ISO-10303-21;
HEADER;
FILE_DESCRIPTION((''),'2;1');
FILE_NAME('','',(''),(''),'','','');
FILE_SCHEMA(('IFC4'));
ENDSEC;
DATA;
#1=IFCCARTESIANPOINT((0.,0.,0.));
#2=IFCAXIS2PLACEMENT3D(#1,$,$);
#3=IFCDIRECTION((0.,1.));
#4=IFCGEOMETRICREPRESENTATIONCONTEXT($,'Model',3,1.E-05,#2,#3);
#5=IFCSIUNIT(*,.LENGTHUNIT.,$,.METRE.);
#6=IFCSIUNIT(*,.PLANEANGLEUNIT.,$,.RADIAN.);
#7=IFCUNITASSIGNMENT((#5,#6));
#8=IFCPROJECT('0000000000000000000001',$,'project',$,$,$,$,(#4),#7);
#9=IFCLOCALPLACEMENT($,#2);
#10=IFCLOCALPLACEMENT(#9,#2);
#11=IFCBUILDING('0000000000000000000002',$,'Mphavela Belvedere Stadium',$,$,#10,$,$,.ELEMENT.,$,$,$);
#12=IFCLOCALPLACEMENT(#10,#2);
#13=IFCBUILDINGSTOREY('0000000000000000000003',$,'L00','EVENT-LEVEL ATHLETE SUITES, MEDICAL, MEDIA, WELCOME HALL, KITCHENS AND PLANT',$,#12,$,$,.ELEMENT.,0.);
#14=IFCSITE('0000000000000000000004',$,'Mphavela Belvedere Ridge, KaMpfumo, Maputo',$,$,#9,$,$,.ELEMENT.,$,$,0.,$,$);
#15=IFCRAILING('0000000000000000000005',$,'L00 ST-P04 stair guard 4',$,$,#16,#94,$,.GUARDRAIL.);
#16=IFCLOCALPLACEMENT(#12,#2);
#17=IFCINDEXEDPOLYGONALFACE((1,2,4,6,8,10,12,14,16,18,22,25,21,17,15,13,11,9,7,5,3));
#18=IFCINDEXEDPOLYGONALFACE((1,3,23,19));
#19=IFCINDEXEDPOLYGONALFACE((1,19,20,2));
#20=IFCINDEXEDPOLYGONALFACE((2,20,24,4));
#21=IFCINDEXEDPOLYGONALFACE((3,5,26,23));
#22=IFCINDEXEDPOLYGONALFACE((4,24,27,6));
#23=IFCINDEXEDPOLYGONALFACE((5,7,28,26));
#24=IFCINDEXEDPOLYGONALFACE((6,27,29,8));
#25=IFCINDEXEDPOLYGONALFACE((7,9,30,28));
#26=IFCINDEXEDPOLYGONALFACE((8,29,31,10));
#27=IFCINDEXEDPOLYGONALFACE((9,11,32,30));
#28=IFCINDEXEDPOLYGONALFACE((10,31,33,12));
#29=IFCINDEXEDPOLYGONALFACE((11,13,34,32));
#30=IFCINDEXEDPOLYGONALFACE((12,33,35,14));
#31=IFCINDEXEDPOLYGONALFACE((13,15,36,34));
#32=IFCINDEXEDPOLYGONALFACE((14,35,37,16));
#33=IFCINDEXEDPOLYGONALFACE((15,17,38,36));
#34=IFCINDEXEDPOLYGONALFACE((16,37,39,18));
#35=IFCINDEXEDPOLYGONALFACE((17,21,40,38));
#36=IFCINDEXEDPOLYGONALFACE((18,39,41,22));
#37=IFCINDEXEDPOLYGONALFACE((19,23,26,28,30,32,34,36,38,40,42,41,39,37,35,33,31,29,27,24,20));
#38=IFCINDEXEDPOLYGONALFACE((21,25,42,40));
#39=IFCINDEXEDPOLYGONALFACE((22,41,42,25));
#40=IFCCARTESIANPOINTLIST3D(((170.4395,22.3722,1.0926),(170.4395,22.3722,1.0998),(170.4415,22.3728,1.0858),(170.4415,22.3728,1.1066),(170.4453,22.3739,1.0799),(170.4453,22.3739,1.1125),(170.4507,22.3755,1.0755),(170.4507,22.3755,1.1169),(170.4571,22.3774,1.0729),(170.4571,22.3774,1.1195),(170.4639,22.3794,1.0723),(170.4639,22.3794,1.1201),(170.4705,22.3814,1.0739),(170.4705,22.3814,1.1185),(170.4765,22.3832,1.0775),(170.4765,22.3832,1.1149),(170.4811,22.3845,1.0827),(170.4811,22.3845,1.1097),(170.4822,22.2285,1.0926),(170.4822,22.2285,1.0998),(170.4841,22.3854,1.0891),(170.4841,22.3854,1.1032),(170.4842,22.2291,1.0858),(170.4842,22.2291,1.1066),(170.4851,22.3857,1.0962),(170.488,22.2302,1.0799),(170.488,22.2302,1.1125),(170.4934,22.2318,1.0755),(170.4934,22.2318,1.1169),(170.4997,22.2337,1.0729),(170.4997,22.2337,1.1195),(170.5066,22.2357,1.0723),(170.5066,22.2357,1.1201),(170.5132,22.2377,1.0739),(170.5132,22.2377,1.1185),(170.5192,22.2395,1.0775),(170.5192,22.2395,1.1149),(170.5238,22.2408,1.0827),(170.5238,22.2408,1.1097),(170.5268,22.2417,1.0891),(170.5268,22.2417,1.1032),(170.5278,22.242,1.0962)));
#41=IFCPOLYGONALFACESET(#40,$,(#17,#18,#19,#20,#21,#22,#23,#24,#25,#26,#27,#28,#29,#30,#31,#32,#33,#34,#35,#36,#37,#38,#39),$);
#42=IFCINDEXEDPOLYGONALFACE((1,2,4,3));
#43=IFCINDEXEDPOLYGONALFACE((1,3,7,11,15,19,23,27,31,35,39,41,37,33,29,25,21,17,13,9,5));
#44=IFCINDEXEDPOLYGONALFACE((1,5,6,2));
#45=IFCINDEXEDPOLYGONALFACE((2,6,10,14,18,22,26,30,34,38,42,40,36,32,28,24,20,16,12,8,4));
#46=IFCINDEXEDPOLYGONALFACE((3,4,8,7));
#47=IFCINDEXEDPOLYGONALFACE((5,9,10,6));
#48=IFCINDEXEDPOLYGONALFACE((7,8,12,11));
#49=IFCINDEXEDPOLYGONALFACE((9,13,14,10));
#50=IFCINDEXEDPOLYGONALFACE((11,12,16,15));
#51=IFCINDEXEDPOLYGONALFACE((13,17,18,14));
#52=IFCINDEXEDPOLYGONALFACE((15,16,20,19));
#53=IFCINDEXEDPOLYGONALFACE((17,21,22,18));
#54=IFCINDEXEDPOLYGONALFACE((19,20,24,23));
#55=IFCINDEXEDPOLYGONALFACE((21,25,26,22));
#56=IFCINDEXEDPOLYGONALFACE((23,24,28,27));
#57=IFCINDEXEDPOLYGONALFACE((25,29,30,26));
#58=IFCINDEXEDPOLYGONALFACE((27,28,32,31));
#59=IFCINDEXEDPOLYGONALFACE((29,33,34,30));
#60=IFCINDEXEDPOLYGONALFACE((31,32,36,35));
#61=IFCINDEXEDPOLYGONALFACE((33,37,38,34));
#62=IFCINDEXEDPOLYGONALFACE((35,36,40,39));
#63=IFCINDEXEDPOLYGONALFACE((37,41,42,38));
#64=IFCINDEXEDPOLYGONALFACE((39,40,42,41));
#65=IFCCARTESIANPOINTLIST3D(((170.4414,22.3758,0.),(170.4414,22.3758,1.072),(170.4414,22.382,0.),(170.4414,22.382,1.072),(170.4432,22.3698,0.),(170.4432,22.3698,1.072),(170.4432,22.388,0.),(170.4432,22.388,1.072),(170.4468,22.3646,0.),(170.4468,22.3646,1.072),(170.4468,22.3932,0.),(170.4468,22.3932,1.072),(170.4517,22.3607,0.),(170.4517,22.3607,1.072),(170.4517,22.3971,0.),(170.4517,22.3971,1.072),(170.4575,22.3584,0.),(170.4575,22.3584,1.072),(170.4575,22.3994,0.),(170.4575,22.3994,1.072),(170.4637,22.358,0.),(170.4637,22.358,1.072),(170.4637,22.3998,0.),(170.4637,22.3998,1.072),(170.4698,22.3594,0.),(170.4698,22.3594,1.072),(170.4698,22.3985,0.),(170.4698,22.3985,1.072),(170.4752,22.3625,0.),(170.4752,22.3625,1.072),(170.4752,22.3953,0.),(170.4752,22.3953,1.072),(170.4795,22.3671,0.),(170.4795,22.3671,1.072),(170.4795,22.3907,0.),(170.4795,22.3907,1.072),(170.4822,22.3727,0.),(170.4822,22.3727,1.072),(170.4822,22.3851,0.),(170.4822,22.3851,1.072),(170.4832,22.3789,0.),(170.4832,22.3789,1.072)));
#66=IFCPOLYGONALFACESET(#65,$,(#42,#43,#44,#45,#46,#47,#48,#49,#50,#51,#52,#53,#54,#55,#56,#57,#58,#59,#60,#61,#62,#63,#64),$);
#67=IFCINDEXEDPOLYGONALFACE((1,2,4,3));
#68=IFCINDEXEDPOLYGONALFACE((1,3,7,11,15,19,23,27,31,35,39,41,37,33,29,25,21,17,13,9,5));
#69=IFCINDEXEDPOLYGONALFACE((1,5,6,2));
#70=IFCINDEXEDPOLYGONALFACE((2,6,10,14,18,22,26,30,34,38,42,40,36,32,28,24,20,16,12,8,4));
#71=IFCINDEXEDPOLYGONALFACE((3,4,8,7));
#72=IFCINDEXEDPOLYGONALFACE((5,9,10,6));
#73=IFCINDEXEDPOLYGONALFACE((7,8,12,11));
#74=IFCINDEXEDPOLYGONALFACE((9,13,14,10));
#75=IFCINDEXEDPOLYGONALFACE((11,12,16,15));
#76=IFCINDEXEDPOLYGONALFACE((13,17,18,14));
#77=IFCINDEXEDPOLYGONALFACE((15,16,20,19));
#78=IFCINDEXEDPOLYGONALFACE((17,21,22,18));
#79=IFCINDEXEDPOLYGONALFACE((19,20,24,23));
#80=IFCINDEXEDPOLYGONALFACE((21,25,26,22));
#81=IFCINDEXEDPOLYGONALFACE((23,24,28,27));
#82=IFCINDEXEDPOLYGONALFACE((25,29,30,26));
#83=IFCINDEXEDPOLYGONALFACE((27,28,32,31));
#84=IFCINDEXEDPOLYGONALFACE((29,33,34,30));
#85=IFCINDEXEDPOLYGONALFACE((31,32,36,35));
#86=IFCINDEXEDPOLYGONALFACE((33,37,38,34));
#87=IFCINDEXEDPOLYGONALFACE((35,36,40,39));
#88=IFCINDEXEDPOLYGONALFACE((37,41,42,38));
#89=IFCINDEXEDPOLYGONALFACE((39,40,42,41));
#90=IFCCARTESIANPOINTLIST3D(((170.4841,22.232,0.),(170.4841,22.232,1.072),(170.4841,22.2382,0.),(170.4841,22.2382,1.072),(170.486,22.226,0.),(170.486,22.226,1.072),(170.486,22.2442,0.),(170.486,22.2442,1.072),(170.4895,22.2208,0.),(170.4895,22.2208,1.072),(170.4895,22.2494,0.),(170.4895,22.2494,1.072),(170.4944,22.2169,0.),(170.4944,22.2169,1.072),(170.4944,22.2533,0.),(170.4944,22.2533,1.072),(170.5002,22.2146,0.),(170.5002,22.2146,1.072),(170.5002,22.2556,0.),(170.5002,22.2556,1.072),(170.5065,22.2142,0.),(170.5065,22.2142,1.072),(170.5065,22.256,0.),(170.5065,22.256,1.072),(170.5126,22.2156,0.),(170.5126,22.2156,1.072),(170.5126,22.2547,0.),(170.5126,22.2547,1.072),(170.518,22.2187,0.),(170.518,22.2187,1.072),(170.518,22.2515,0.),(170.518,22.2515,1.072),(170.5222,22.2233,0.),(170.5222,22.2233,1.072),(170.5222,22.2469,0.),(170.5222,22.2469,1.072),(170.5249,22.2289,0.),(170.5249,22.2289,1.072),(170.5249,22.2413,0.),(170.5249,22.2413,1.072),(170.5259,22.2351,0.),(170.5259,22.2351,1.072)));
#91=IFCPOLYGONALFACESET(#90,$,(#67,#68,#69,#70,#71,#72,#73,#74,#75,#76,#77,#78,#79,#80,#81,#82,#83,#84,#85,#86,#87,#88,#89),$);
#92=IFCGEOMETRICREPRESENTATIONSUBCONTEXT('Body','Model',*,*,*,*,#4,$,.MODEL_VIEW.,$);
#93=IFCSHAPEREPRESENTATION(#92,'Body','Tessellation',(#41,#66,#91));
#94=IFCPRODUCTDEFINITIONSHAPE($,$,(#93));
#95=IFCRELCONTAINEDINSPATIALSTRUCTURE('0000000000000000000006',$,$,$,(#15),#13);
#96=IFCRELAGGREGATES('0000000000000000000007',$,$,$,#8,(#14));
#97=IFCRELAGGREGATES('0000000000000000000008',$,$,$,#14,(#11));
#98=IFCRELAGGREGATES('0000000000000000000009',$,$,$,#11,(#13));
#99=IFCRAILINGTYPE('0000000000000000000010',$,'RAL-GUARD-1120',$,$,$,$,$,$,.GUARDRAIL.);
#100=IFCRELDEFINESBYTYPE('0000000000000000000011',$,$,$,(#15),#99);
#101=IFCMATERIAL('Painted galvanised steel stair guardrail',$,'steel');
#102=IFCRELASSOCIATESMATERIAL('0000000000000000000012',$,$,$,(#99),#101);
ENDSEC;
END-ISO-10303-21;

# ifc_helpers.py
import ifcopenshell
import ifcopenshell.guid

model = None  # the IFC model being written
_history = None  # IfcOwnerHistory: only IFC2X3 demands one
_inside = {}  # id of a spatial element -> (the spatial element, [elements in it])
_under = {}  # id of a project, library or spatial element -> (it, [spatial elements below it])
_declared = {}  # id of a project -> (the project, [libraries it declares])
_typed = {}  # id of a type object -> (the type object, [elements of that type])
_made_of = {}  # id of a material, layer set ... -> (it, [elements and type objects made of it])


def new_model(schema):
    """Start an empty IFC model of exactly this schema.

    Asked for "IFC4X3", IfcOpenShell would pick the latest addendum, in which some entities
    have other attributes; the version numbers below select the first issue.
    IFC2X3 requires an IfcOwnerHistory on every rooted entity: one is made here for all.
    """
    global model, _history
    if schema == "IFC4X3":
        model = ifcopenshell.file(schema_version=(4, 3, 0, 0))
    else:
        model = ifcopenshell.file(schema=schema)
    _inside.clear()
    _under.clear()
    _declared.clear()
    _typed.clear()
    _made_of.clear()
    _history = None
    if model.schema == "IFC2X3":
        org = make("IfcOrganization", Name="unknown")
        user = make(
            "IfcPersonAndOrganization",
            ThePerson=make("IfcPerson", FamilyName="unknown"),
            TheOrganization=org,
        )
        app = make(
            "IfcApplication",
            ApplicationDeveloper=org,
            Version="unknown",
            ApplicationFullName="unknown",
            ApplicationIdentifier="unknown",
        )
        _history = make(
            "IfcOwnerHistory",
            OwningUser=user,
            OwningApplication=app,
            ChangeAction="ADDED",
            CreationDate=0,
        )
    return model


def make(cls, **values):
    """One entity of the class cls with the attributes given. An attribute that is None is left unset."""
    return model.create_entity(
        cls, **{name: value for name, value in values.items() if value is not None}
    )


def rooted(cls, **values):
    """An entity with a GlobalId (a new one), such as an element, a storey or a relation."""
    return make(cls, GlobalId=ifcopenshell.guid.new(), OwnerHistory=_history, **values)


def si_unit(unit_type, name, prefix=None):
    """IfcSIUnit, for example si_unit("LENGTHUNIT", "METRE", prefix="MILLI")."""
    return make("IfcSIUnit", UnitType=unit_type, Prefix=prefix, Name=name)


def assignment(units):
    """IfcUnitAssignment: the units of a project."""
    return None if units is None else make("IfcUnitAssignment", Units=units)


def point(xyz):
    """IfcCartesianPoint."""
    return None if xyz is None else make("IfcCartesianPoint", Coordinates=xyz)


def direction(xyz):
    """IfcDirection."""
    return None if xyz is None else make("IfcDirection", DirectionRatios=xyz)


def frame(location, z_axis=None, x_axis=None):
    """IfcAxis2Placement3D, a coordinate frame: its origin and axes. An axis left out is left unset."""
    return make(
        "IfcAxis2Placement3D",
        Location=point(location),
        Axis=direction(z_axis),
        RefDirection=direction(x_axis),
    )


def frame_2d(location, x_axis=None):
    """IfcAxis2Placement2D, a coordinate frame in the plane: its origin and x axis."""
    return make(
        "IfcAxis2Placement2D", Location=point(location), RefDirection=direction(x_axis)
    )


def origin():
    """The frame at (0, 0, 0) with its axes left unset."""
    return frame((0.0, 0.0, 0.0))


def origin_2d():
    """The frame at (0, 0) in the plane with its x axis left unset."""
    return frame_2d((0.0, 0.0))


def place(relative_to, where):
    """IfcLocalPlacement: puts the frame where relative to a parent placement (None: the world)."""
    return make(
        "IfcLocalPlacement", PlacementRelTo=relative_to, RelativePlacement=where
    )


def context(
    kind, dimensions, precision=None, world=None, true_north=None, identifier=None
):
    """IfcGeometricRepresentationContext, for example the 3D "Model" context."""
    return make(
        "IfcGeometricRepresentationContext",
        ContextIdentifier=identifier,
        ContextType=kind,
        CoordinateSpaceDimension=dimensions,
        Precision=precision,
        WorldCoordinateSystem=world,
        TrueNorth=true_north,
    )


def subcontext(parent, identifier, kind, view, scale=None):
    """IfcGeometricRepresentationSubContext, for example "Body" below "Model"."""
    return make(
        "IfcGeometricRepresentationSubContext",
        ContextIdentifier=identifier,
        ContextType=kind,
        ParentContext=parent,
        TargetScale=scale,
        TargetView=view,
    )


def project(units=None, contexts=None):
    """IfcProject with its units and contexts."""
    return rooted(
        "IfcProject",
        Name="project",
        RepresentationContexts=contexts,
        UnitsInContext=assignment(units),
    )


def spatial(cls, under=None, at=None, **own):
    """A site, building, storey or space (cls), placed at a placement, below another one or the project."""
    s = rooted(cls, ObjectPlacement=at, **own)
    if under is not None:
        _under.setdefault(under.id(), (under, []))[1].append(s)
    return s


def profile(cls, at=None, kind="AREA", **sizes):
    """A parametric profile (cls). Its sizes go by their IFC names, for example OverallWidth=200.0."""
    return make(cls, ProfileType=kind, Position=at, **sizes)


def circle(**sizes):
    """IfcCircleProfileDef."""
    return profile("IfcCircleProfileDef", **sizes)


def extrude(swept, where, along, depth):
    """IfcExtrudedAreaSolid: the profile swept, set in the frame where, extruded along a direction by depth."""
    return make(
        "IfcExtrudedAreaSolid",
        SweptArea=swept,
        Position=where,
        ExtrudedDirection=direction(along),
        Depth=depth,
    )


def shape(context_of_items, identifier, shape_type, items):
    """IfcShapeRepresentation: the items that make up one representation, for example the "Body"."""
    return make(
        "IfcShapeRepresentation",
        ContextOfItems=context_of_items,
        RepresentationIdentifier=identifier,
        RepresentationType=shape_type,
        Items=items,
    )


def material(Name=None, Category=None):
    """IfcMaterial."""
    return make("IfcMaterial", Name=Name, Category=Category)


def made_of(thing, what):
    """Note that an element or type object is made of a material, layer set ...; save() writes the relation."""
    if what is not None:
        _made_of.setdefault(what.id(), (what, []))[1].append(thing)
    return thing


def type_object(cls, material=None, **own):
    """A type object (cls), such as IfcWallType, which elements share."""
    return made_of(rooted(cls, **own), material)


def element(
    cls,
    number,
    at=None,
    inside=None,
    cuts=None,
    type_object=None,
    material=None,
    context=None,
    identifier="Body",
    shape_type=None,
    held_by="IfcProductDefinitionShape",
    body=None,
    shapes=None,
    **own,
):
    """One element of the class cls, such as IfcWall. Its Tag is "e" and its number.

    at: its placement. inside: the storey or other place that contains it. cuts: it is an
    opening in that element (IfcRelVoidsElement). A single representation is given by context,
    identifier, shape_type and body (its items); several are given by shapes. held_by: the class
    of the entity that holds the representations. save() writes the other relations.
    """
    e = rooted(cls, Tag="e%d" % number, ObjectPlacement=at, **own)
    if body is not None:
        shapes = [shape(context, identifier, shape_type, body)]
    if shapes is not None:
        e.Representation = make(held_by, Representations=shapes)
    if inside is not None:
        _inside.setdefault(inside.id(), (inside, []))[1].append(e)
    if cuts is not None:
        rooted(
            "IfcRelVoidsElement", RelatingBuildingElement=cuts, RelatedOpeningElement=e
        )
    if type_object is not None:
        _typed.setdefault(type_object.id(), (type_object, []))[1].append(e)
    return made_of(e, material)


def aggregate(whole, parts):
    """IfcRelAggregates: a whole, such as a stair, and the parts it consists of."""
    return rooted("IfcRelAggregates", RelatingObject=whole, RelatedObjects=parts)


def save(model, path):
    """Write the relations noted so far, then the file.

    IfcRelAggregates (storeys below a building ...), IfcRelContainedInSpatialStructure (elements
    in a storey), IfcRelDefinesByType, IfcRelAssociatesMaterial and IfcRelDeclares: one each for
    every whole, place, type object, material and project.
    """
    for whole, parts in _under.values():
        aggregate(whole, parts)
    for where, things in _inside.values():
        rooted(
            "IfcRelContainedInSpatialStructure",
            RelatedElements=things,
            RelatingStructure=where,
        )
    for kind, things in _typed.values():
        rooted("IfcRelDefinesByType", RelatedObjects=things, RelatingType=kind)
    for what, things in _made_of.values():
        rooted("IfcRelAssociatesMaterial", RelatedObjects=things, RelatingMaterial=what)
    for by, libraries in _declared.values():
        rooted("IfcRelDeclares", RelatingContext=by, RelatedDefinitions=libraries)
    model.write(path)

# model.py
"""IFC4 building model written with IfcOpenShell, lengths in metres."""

from ifc_helpers import new_model, si_unit, direction, frame, origin, origin_2d, place, context, subcontext, project, spatial, circle, extrude, material, type_object, element, save


model = new_model("IFC4")

# Units and contexts
model_context = context("Model", 3, precision=1e-05, world=origin(), true_north=direction((0.0, 1.0)))
body_context = subcontext(model_context, "Body", "Model", "MODEL_VIEW")
ifc_project = project(units=[si_unit("LENGTHUNIT", "METRE"), si_unit("PLANEANGLEUNIT", "RADIAN")], contexts=[model_context])

# Site, building, storey
site_placement = place(None, origin())
site = spatial("IfcSite", under=ifc_project, at=site_placement, Name="Mphavela Belvedere Ridge, KaMpfumo, Maputo", CompositionType="ELEMENT", RefElevation=0.0)
building_placement = place(site_placement, origin())
building = spatial("IfcBuilding", under=site, at=building_placement, Name="Mphavela Belvedere Stadium", CompositionType="ELEMENT")
storey_placement = place(building_placement, origin())
storey = spatial("IfcBuildingStorey", under=building, at=storey_placement, Name="L00", Description="EVENT-LEVEL ATHLETE SUITES, MEDICAL, MEDIA, WELCOME HALL, KITCHENS AND PLANT", CompositionType="ELEMENT", Elevation=0.0)

# Railing
ifc_material_1 = material(Name="Painted galvanised steel stair guardrail", Category="steel")
railing_type = type_object("IfcRailingType", Name="RAL-GUARD-1120", PredefinedType="GUARDRAIL", material=ifc_material_1)
railing_1_placement = place(storey_placement, frame((170.4622, 22.3789, 0.0)))
element("IfcRailing", 1, at=railing_1_placement, inside=storey, type_object=railing_type, Name="L00 ST-P04 stair guard 4", PredefinedType="GUARDRAIL", context=body_context, shape_type="SweptSolid", body=[
    extrude(circle(Radius=0.0239, at=origin_2d()), frame((0.0, 0.0, 1.0962), z_axis=(0.284809, -0.958584, 0.0), x_axis=(0.958584, 0.284809, 0.0)), (0.0, 0.0, 1.0), 0.1499),
    extrude(circle(Radius=0.021, at=origin_2d()), origin(), (0.0, 0.0, 1.0), 1.072),
    extrude(circle(Radius=0.021, at=origin_2d()), frame((0.0427, -0.1438, 0.0)), (0.0, 0.0, 1.0), 1.072),
])

save(model, "model.ifc")
